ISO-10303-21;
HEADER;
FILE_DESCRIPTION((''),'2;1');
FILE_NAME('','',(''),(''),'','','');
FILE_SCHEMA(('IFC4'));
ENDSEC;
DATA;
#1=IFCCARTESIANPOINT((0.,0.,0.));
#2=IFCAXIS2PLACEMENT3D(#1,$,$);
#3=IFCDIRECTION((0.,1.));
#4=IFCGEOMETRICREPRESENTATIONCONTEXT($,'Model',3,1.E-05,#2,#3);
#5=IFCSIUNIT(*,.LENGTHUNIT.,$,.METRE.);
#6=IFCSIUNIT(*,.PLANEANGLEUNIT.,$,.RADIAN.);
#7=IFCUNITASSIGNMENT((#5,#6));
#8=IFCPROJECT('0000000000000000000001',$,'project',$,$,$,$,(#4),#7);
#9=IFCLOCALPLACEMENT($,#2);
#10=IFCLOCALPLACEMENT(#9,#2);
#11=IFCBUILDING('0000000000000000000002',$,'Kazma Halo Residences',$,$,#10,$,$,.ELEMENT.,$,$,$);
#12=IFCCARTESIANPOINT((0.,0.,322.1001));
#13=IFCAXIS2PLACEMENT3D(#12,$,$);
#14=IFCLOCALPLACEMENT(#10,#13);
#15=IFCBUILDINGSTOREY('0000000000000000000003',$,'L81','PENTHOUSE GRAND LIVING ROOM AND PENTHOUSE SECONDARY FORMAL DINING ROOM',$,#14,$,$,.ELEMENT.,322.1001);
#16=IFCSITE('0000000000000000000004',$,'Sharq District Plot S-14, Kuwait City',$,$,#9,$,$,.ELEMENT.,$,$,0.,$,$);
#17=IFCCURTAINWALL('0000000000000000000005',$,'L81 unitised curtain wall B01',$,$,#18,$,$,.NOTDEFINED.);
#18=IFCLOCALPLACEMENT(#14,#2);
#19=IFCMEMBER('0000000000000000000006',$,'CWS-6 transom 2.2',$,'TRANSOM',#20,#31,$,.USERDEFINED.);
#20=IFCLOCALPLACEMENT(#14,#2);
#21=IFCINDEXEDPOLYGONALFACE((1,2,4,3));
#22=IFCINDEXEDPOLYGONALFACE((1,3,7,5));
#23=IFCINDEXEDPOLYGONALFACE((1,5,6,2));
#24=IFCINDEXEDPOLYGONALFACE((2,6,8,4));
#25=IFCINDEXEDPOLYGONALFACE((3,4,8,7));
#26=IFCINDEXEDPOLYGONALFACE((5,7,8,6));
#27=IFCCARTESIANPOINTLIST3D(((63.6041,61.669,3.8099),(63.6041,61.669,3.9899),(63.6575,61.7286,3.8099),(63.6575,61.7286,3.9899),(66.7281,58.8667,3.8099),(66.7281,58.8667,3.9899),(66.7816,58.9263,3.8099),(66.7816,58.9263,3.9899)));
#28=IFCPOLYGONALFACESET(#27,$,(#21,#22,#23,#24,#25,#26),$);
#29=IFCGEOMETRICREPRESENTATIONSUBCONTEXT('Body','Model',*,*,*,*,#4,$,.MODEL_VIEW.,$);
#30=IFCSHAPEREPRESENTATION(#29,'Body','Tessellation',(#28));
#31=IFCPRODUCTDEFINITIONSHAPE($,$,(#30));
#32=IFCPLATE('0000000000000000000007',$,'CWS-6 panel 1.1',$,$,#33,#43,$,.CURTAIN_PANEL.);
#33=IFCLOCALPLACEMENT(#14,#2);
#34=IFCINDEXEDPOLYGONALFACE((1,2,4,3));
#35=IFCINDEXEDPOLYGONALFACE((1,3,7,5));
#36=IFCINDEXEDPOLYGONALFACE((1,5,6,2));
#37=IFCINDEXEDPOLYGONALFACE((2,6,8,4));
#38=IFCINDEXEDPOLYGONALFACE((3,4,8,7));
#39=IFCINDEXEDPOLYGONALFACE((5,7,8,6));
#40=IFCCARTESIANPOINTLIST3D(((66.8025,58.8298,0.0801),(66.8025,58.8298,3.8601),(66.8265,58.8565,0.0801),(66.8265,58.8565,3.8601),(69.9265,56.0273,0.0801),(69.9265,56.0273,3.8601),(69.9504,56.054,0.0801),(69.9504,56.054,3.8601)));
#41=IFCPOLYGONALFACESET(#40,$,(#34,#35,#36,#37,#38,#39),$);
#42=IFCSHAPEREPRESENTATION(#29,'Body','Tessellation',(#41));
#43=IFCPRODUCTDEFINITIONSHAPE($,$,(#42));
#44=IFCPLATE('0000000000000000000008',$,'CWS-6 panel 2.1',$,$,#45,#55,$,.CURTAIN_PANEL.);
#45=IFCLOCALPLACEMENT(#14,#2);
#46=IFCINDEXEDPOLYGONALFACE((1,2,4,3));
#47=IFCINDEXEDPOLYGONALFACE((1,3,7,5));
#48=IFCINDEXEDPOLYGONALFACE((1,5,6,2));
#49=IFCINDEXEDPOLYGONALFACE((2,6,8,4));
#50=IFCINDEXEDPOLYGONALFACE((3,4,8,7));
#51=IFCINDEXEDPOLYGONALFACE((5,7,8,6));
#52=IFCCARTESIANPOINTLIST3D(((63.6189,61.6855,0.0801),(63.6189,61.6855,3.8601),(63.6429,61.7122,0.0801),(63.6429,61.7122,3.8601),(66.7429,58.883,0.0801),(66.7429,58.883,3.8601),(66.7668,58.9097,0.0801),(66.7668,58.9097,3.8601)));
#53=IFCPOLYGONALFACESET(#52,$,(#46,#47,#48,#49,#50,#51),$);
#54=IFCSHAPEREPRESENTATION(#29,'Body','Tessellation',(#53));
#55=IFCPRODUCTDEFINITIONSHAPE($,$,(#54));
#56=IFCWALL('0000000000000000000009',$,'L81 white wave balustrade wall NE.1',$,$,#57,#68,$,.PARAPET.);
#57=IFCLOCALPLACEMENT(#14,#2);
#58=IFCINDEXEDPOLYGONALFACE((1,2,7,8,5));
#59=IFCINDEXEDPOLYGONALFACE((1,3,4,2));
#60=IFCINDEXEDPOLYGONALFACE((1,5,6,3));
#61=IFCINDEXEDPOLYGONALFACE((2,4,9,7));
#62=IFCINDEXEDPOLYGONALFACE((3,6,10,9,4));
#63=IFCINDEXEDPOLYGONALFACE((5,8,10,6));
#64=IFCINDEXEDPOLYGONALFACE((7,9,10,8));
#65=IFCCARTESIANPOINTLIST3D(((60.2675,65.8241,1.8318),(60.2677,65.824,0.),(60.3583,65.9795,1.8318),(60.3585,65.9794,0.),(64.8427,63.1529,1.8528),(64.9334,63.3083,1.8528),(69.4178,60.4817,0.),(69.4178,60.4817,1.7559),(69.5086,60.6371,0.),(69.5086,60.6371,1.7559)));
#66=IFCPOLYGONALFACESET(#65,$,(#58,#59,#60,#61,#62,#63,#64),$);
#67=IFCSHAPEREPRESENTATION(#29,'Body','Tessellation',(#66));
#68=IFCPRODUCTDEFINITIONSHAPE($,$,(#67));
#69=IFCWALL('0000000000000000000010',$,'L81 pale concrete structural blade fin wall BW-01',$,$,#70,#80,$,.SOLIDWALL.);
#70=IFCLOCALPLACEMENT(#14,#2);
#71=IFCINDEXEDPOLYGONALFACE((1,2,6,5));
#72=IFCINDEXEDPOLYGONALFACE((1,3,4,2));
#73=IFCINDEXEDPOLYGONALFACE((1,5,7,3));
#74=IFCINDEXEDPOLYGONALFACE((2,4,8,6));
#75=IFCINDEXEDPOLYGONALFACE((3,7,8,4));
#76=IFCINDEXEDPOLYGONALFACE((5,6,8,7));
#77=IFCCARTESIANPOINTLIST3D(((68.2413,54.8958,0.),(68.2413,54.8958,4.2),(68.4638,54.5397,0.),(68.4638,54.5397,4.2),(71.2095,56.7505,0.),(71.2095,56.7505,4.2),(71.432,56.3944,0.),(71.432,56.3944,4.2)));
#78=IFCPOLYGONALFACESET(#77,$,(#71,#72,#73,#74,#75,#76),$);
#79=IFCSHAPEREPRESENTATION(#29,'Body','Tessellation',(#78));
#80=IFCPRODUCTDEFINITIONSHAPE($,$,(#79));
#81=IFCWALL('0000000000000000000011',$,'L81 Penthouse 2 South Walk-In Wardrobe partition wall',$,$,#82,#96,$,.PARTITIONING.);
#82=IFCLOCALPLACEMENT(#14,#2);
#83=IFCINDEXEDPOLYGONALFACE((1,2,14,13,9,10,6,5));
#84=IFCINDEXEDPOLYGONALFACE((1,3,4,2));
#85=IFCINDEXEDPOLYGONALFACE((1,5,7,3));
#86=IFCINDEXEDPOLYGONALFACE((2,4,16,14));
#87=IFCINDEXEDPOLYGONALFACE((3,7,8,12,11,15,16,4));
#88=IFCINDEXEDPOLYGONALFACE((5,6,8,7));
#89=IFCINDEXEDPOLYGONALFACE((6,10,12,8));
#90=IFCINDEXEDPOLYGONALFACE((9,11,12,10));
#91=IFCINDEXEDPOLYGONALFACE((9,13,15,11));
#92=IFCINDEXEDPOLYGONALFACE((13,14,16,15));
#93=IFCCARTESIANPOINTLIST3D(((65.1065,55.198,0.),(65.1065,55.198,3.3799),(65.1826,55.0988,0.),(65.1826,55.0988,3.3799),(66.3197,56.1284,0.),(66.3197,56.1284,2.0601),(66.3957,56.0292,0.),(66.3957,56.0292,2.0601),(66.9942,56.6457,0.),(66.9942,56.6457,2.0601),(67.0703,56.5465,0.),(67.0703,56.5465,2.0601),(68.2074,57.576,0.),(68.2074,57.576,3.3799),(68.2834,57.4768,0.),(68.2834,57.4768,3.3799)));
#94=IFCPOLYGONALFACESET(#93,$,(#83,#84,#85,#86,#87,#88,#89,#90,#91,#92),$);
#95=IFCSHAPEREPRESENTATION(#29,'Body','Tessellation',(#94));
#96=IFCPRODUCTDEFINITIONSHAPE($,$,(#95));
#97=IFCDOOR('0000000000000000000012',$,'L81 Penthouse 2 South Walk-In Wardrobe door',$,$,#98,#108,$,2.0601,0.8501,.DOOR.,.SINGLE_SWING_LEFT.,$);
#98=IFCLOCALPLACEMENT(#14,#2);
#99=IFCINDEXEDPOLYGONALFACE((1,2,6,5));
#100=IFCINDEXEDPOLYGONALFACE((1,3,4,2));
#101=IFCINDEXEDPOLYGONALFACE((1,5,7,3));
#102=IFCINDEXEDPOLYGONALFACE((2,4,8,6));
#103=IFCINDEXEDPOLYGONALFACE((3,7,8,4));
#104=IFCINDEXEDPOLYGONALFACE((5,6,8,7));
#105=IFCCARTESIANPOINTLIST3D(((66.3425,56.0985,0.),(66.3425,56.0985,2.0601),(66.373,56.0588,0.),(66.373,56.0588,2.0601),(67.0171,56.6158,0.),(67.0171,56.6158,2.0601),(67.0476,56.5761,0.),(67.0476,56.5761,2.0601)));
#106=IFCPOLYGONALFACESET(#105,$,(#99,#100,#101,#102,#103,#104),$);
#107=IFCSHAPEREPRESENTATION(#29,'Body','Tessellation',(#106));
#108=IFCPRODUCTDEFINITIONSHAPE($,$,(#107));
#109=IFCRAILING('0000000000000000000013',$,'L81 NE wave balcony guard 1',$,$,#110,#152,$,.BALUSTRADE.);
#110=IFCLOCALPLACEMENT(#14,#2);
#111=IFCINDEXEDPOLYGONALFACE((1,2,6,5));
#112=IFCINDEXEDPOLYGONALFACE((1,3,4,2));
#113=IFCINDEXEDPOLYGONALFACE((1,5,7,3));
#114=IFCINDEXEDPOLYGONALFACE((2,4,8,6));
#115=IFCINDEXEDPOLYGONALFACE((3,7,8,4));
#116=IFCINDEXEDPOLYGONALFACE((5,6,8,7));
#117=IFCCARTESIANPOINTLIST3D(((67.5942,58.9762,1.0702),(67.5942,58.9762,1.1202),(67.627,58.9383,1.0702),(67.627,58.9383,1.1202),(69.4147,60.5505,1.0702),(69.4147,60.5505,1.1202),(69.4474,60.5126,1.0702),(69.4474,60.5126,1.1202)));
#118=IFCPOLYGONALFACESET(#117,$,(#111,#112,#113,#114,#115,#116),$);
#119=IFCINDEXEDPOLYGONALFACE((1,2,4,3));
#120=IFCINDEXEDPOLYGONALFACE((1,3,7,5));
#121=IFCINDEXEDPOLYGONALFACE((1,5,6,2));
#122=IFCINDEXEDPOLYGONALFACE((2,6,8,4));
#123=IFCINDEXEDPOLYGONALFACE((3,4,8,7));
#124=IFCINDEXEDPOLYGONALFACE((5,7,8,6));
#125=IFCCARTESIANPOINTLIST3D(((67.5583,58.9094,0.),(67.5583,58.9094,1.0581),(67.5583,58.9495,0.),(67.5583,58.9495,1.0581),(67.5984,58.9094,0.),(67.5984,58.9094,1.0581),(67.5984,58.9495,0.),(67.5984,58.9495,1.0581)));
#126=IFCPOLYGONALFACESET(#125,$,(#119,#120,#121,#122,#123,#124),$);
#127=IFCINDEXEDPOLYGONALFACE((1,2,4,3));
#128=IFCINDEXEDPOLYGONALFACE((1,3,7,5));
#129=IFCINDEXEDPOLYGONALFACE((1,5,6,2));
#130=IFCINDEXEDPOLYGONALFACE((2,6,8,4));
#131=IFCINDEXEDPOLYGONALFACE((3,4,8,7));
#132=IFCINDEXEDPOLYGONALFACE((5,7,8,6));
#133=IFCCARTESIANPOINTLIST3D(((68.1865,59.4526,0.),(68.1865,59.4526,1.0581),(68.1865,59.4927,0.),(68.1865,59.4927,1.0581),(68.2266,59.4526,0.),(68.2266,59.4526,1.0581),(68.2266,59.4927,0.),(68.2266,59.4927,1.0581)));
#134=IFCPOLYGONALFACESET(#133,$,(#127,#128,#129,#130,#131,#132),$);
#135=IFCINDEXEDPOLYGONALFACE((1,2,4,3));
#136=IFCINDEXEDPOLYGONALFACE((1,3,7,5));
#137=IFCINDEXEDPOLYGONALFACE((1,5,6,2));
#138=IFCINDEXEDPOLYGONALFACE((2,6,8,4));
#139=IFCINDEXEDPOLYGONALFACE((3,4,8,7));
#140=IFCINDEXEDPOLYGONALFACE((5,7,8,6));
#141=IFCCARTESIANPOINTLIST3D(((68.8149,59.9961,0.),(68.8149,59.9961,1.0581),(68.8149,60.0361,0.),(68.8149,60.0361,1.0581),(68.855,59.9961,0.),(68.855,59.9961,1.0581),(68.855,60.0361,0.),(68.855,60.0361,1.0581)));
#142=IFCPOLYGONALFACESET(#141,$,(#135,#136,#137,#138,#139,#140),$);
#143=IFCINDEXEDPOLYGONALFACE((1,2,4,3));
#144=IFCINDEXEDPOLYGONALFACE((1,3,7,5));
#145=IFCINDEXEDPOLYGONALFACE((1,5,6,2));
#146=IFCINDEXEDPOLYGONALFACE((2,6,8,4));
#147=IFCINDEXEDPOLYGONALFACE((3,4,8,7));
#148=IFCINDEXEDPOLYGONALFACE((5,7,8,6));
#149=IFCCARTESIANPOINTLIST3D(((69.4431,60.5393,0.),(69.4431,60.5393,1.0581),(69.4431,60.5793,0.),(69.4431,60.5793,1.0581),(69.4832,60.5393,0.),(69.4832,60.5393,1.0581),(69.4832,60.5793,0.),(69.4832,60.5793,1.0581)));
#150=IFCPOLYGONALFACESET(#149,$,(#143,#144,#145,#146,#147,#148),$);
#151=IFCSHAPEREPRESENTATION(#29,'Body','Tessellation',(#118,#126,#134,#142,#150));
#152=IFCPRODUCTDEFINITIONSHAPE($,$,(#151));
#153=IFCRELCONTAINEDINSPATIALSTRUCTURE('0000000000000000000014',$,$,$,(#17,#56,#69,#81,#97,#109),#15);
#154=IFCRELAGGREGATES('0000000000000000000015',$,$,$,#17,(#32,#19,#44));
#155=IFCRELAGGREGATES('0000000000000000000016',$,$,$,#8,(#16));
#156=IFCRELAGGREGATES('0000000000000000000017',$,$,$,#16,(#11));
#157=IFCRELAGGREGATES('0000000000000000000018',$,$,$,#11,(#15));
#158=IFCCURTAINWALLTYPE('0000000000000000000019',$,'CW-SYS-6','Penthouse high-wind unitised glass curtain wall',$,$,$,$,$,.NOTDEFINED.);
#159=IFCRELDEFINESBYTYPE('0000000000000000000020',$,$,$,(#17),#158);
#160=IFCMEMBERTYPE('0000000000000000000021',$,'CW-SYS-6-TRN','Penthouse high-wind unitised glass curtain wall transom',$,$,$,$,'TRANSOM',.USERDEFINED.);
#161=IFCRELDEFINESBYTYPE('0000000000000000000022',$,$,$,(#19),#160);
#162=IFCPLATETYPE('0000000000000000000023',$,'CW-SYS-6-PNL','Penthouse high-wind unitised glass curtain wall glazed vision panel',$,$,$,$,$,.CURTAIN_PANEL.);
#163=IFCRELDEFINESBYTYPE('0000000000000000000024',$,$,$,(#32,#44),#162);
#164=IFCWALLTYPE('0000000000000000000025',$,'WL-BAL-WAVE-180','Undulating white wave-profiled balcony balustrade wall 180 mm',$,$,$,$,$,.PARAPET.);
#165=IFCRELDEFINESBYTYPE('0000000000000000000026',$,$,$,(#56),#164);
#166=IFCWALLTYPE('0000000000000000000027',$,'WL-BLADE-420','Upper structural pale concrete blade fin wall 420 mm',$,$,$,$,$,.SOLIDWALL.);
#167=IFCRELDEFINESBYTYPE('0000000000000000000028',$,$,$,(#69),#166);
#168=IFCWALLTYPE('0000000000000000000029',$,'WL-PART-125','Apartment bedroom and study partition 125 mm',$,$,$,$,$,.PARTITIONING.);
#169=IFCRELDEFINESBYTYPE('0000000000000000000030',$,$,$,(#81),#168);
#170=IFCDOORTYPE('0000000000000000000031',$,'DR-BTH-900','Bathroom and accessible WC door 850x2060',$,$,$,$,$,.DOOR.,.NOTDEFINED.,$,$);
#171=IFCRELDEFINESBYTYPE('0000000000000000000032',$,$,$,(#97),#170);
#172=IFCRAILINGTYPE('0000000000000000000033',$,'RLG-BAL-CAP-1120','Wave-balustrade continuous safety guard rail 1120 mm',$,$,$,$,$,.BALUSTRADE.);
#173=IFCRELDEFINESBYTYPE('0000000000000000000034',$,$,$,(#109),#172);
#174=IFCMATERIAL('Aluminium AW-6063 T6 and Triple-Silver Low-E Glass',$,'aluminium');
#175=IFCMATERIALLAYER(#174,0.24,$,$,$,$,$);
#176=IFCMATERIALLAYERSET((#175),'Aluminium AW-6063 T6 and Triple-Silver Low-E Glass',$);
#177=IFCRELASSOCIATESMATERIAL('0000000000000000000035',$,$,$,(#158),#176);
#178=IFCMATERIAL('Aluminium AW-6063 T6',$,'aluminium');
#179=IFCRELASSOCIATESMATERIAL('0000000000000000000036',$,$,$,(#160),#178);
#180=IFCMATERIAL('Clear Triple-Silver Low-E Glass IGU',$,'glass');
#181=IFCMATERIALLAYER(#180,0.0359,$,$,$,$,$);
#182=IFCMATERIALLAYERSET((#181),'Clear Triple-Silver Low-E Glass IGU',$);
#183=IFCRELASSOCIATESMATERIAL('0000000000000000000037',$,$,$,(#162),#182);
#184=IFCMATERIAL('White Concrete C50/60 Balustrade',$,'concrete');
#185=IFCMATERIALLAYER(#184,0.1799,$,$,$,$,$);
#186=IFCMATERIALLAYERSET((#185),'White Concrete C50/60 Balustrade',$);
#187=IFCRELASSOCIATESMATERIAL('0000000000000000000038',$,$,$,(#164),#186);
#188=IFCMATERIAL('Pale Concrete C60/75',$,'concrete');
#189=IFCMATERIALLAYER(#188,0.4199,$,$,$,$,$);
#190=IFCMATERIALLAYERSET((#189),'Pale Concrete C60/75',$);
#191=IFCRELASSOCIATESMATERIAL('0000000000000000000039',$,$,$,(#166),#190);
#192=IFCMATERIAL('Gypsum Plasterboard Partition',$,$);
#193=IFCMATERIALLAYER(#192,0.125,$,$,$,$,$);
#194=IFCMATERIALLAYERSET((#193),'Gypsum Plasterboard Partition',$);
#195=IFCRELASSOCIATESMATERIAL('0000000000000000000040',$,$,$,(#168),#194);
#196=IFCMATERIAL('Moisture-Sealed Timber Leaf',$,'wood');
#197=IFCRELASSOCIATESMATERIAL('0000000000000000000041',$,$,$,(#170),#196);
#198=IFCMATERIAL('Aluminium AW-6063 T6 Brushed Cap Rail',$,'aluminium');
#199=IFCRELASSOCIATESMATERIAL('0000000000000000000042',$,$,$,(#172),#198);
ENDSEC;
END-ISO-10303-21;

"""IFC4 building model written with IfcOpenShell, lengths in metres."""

from ifc_helpers import new_model, si_unit, direction, frame, frame_2d, origin, origin_2d, place, context, subcontext, project, spatial, polyline, rectangle, outline, extrude, material, layer, layer_set, material_profile, profile_set, type_object, element, fill, aggregate, save


model = new_model("IFC4")

# Units and contexts
model_context = context("Model", 3, precision=1e-05, world=origin(), true_north=direction((0.0, 1.0)))
body_context = subcontext(model_context, "Body", "Model", "MODEL_VIEW")
ifc_project = project(units=[si_unit("LENGTHUNIT", "METRE"), si_unit("PLANEANGLEUNIT", "RADIAN")], contexts=[model_context])

# Site, building, storey
site_placement = place(None, origin())
site = spatial("IfcSite", under=ifc_project, at=site_placement, Name="Sharq District Plot S-14, Kuwait City", CompositionType="ELEMENT", RefElevation=0.0)
building_placement = place(site_placement, origin())
building = spatial("IfcBuilding", under=site, at=building_placement, Name="Kazma Halo Residences", CompositionType="ELEMENT")
storey_placement = place(building_placement, frame((0.0, 0.0, 322.1001)))
storey = spatial("IfcBuildingStorey", under=building, at=storey_placement, Name="L81", Description="PENTHOUSE GRAND LIVING ROOM AND PENTHOUSE SECONDARY FORMAL DINING ROOM", CompositionType="ELEMENT", Elevation=322.1001)

# Curtain wall
ifc_material_1 = material(Name="Aluminium AW-6063 T6 and Triple-Silver Low-E Glass", Category="aluminium")
ifc_layer_1 = layer(ifc_material_1, 0.24)
ifc_layer_set_1 = layer_set([ifc_layer_1], Name="Aluminium AW-6063 T6 and Triple-Silver Low-E Glass")
curtain_wall_type = type_object("IfcCurtainWallType", Name="CW-SYS-6", Description="Penthouse high-wind unitised glass curtain wall", PredefinedType="NOTDEFINED", material=ifc_layer_set_1)
curtain_wall_1_placement = place(storey_placement, origin())
curtain_wall_1 = element("IfcCurtainWall", 1, at=curtain_wall_1_placement, inside=storey, type_object=curtain_wall_type, Name="L81 unitised curtain wall B01", PredefinedType="NOTDEFINED")
ifc_material_2 = material(Name="Aluminium AW-6063 T6", Category="aluminium")

# Member
ifc_material_profile_1 = material_profile(ifc_material_2, rectangle(XDim=0.0801, YDim=0.1799, at=origin_2d()), Name="CWT-80x180")
ifc_profile_set_1 = profile_set([ifc_material_profile_1], Name="Aluminium AW-6063 T6")
member_type_1 = type_object("IfcMemberType", Name="CW-SYS-6-TRN", Description="Penthouse high-wind unitised glass curtain wall transom", ElementType="TRANSOM", PredefinedType="USERDEFINED", material=ifc_profile_set_1)
member_1_placement = place(storey_placement, frame((66.7549, 58.8965, 3.8999), z_axis=(-0.744404, 0.66773, 0.0), x_axis=(-0.66773, -0.744404, 0.0)))
member_1 = element("IfcMember", 2, at=member_1_placement, type_object=member_type_1, Name="CWS-6 transom 2.2", ObjectType="TRANSOM", PredefinedType="USERDEFINED", context=body_context, shape_type="SweptSolid", body=[
    extrude(rectangle(XDim=0.0801, YDim=0.1799, at=origin_2d()), origin(), (0.0, 0.0, 1.0), 4.1968),
])

# Plates
ifc_material_3 = material(Name="Clear Triple-Silver Low-E Glass IGU", Category="glass")
ifc_layer_2 = layer(ifc_material_3, 0.0359)
ifc_layer_set_2 = layer_set([ifc_layer_2], Name="Clear Triple-Silver Low-E Glass IGU")
plate_type = type_object("IfcPlateType", Name="CW-SYS-6-PNL", Description="Penthouse high-wind unitised glass curtain wall glazed vision panel", PredefinedType="CURTAIN_PANEL", material=ifc_layer_set_2)
plate_1_placement = place(storey_placement, frame((68.3765, 57.4419, 0.0801), z_axis=(0.0, 0.0, 1.0), x_axis=(-0.744379, 0.667758, 0.0)))
plate_1 = element("IfcPlate", 3, at=plate_1_placement, type_object=plate_type, Name="CWS-6 panel 1.1", PredefinedType="CURTAIN_PANEL", context=body_context, shape_type="SweptSolid", body=[
    extrude(rectangle(XDim=4.1968, YDim=0.0359, at=origin_2d()), origin(), (0.0, 0.0, 1.0), 3.78),
])
plate_2_placement = place(storey_placement, frame((65.1929, 60.2976, 0.0801), z_axis=(0.0, 0.0, 1.0), x_axis=(-0.744379, 0.667758, 0.0)))
plate_2 = element("IfcPlate", 4, at=plate_2_placement, type_object=plate_type, Name="CWS-6 panel 2.1", PredefinedType="CURTAIN_PANEL", context=body_context, shape_type="SweptSolid", body=[
    extrude(rectangle(XDim=4.1968, YDim=0.0359, at=origin_2d()), origin(), (0.0, 0.0, 1.0), 3.78),
])
aggregate(curtain_wall_1, [plate_1, member_1, plate_2])

# Walls
ifc_material_4 = material(Name="White Concrete C50/60 Balustrade", Category="concrete")
ifc_layer_3 = layer(ifc_material_4, 0.1799)
ifc_layer_set_3 = layer_set([ifc_layer_3], Name="White Concrete C50/60 Balustrade")
wall_type_1 = type_object("IfcWallType", Name="WL-BAL-WAVE-180", Description="Undulating white wave-profiled balcony balustrade wall 180 mm", PredefinedType="PARAPET", material=ifc_layer_set_3)
wall_1_placement = place(storey_placement, frame((69.4631, 60.5593, 0.0), z_axis=(0.0, 0.0, 1.0), x_axis=(-0.863586, 0.504202, 0.0)))
element("IfcWall", 5, at=wall_1_placement, inside=storey, type_object=wall_type_1, Name="L81 white wave balustrade wall NE.1", PredefinedType="PARAPET", context=body_context, shape_type="SweptSolid", body=[
    extrude(outline(polyline([(0.0, 0.0), (10.5955, 0.0), (10.5957, 1.8318), (5.2979, 1.8528), (0.0, 1.7559), (0.0, 0.0)])), frame((0.0, 0.0898, 0.0), z_axis=(0.0, -1.0, 0.0), x_axis=(1.0, 0.0, 0.0)), (0.0, 0.0, 1.0), 0.1799),
])
ifc_material_5 = material(Name="Pale Concrete C60/75", Category="concrete")
ifc_layer_4 = layer(ifc_material_5, 0.4199)
ifc_layer_set_4 = layer_set([ifc_layer_4], Name="Pale Concrete C60/75")
wall_type_2 = type_object("IfcWallType", Name="WL-BLADE-420", Description="Upper structural pale concrete blade fin wall 420 mm", PredefinedType="SOLIDWALL", material=ifc_layer_set_4)
wall_2_placement = place(storey_placement, frame((68.3525, 54.7178, 0.0), z_axis=(0.0, 0.0, 1.0), x_axis=(0.848053, 0.529911, 0.0)))
element("IfcWall", 6, at=wall_2_placement, inside=storey, type_object=wall_type_2, Name="L81 pale concrete structural blade fin wall BW-01", PredefinedType="SOLIDWALL", context=body_context, shape_type="SweptSolid", body=[
    extrude(rectangle(XDim=3.5, YDim=0.4199, at=frame_2d((1.75, 0.0))), origin(), (0.0, 0.0, 1.0), 4.2),
])

# Wall, opening, door
ifc_material_6 = material(Name="Gypsum Plasterboard Partition")
ifc_layer_5 = layer(ifc_material_6, 0.125)
ifc_layer_set_5 = layer_set([ifc_layer_5], Name="Gypsum Plasterboard Partition")
wall_type_3 = type_object("IfcWallType", Name="WL-PART-125", Description="Apartment bedroom and study partition 125 mm", PredefinedType="PARTITIONING", material=ifc_layer_set_5)
wall_3_placement = place(storey_placement, frame((65.1445, 55.1484, 0.0), z_axis=(0.0, 0.0, 1.0), x_axis=(0.793529, 0.608533, 0.0)))
wall_3 = element("IfcWall", 7, at=wall_3_placement, inside=storey, type_object=wall_type_3, Name="L81 Penthouse 2 South Walk-In Wardrobe partition wall", PredefinedType="PARTITIONING", context=body_context, shape_type="SweptSolid", body=[
    extrude(rectangle(XDim=3.9077, YDim=0.125, at=frame_2d((1.9539, 0.0))), origin(), (0.0, 0.0, 1.0), 3.3799),
])
opening_1_placement = place(wall_3_placement, frame((1.5288, 0.0, 0.0)))
opening_1 = element("IfcOpeningElement", 8, at=opening_1_placement, cuts=wall_3, PredefinedType="OPENING", context=body_context, shape_type="SweptSolid", body=[
    extrude(rectangle(XDim=0.8501, YDim=2.0601, at=frame_2d((0.425, 1.03))), frame((0.0, 0.0725, 0.0), z_axis=(0.0, -1.0, 0.0), x_axis=(1.0, 0.0, 0.0)), (0.0, 0.0, 1.0), 0.145),
])
ifc_material_7 = material(Name="Moisture-Sealed Timber Leaf", Category="wood")
door_type_1 = type_object("IfcDoorType", Name="DR-BTH-900", Description="Bathroom and accessible WC door 850x2060", OperationType="NOTDEFINED", PredefinedType="DOOR", material=ifc_material_7)
door_1_placement = place(opening_1_placement, origin())
door_1 = element("IfcDoor", 9, at=door_1_placement, inside=storey, type_object=door_type_1, Name="L81 Penthouse 2 South Walk-In Wardrobe door", OperationType="SINGLE_SWING_LEFT", OverallHeight=2.0601, OverallWidth=0.8501, PredefinedType="DOOR", context=body_context, shape_type="SweptSolid", body=[
    extrude(rectangle(XDim=0.8501, YDim=2.0601, at=frame_2d((0.425, 1.03))), frame((0.0, 0.0249, 0.0), z_axis=(0.0, -1.0, 0.0), x_axis=(1.0, 0.0, 0.0)), (0.0, 0.0, 1.0), 0.05),
])
fill(opening_1, door_1)

# Railing
ifc_material_8 = material(Name="Aluminium AW-6063 T6 Brushed Cap Rail", Category="aluminium")
railing_type = type_object("IfcRailingType", Name="RLG-BAL-CAP-1120", Description="Wave-balustrade continuous safety guard rail 1120 mm", PredefinedType="BALUSTRADE", material=ifc_material_8)
railing_1_placement = place(storey_placement, frame((67.5784, 58.9294, 0.0)))
element("IfcRailing", 10, at=railing_1_placement, inside=storey, type_object=railing_type, Name="L81 NE wave balcony guard 1", PredefinedType="BALUSTRADE", context=body_context, shape_type="SweptSolid", body=[
    extrude(rectangle(XDim=0.05, YDim=0.05, at=origin_2d()), frame((0.0322, 0.0278, 1.0952), z_axis=(0.7564, 0.65411, 0.0), x_axis=(-0.65411, 0.7564, 0.0)), (0.0, 0.0, 1.0), 2.4067),
    extrude(rectangle(XDim=0.04, YDim=0.04, at=origin_2d()), origin(), (0.0, 0.0, 1.0), 1.0581),
    extrude(rectangle(XDim=0.04, YDim=0.04, at=origin_2d()), frame((0.6282, 0.5432, 0.0)), (0.0, 0.0, 1.0), 1.0581),
    extrude(rectangle(XDim=0.04, YDim=0.04, at=origin_2d()), frame((1.2566, 1.0867, 0.0)), (0.0, 0.0, 1.0), 1.0581),
    extrude(rectangle(XDim=0.04, YDim=0.04, at=origin_2d()), frame((1.8848, 1.6299, 0.0)), (0.0, 0.0, 1.0), 1.0581),
])

save(model, "model.ifc")
